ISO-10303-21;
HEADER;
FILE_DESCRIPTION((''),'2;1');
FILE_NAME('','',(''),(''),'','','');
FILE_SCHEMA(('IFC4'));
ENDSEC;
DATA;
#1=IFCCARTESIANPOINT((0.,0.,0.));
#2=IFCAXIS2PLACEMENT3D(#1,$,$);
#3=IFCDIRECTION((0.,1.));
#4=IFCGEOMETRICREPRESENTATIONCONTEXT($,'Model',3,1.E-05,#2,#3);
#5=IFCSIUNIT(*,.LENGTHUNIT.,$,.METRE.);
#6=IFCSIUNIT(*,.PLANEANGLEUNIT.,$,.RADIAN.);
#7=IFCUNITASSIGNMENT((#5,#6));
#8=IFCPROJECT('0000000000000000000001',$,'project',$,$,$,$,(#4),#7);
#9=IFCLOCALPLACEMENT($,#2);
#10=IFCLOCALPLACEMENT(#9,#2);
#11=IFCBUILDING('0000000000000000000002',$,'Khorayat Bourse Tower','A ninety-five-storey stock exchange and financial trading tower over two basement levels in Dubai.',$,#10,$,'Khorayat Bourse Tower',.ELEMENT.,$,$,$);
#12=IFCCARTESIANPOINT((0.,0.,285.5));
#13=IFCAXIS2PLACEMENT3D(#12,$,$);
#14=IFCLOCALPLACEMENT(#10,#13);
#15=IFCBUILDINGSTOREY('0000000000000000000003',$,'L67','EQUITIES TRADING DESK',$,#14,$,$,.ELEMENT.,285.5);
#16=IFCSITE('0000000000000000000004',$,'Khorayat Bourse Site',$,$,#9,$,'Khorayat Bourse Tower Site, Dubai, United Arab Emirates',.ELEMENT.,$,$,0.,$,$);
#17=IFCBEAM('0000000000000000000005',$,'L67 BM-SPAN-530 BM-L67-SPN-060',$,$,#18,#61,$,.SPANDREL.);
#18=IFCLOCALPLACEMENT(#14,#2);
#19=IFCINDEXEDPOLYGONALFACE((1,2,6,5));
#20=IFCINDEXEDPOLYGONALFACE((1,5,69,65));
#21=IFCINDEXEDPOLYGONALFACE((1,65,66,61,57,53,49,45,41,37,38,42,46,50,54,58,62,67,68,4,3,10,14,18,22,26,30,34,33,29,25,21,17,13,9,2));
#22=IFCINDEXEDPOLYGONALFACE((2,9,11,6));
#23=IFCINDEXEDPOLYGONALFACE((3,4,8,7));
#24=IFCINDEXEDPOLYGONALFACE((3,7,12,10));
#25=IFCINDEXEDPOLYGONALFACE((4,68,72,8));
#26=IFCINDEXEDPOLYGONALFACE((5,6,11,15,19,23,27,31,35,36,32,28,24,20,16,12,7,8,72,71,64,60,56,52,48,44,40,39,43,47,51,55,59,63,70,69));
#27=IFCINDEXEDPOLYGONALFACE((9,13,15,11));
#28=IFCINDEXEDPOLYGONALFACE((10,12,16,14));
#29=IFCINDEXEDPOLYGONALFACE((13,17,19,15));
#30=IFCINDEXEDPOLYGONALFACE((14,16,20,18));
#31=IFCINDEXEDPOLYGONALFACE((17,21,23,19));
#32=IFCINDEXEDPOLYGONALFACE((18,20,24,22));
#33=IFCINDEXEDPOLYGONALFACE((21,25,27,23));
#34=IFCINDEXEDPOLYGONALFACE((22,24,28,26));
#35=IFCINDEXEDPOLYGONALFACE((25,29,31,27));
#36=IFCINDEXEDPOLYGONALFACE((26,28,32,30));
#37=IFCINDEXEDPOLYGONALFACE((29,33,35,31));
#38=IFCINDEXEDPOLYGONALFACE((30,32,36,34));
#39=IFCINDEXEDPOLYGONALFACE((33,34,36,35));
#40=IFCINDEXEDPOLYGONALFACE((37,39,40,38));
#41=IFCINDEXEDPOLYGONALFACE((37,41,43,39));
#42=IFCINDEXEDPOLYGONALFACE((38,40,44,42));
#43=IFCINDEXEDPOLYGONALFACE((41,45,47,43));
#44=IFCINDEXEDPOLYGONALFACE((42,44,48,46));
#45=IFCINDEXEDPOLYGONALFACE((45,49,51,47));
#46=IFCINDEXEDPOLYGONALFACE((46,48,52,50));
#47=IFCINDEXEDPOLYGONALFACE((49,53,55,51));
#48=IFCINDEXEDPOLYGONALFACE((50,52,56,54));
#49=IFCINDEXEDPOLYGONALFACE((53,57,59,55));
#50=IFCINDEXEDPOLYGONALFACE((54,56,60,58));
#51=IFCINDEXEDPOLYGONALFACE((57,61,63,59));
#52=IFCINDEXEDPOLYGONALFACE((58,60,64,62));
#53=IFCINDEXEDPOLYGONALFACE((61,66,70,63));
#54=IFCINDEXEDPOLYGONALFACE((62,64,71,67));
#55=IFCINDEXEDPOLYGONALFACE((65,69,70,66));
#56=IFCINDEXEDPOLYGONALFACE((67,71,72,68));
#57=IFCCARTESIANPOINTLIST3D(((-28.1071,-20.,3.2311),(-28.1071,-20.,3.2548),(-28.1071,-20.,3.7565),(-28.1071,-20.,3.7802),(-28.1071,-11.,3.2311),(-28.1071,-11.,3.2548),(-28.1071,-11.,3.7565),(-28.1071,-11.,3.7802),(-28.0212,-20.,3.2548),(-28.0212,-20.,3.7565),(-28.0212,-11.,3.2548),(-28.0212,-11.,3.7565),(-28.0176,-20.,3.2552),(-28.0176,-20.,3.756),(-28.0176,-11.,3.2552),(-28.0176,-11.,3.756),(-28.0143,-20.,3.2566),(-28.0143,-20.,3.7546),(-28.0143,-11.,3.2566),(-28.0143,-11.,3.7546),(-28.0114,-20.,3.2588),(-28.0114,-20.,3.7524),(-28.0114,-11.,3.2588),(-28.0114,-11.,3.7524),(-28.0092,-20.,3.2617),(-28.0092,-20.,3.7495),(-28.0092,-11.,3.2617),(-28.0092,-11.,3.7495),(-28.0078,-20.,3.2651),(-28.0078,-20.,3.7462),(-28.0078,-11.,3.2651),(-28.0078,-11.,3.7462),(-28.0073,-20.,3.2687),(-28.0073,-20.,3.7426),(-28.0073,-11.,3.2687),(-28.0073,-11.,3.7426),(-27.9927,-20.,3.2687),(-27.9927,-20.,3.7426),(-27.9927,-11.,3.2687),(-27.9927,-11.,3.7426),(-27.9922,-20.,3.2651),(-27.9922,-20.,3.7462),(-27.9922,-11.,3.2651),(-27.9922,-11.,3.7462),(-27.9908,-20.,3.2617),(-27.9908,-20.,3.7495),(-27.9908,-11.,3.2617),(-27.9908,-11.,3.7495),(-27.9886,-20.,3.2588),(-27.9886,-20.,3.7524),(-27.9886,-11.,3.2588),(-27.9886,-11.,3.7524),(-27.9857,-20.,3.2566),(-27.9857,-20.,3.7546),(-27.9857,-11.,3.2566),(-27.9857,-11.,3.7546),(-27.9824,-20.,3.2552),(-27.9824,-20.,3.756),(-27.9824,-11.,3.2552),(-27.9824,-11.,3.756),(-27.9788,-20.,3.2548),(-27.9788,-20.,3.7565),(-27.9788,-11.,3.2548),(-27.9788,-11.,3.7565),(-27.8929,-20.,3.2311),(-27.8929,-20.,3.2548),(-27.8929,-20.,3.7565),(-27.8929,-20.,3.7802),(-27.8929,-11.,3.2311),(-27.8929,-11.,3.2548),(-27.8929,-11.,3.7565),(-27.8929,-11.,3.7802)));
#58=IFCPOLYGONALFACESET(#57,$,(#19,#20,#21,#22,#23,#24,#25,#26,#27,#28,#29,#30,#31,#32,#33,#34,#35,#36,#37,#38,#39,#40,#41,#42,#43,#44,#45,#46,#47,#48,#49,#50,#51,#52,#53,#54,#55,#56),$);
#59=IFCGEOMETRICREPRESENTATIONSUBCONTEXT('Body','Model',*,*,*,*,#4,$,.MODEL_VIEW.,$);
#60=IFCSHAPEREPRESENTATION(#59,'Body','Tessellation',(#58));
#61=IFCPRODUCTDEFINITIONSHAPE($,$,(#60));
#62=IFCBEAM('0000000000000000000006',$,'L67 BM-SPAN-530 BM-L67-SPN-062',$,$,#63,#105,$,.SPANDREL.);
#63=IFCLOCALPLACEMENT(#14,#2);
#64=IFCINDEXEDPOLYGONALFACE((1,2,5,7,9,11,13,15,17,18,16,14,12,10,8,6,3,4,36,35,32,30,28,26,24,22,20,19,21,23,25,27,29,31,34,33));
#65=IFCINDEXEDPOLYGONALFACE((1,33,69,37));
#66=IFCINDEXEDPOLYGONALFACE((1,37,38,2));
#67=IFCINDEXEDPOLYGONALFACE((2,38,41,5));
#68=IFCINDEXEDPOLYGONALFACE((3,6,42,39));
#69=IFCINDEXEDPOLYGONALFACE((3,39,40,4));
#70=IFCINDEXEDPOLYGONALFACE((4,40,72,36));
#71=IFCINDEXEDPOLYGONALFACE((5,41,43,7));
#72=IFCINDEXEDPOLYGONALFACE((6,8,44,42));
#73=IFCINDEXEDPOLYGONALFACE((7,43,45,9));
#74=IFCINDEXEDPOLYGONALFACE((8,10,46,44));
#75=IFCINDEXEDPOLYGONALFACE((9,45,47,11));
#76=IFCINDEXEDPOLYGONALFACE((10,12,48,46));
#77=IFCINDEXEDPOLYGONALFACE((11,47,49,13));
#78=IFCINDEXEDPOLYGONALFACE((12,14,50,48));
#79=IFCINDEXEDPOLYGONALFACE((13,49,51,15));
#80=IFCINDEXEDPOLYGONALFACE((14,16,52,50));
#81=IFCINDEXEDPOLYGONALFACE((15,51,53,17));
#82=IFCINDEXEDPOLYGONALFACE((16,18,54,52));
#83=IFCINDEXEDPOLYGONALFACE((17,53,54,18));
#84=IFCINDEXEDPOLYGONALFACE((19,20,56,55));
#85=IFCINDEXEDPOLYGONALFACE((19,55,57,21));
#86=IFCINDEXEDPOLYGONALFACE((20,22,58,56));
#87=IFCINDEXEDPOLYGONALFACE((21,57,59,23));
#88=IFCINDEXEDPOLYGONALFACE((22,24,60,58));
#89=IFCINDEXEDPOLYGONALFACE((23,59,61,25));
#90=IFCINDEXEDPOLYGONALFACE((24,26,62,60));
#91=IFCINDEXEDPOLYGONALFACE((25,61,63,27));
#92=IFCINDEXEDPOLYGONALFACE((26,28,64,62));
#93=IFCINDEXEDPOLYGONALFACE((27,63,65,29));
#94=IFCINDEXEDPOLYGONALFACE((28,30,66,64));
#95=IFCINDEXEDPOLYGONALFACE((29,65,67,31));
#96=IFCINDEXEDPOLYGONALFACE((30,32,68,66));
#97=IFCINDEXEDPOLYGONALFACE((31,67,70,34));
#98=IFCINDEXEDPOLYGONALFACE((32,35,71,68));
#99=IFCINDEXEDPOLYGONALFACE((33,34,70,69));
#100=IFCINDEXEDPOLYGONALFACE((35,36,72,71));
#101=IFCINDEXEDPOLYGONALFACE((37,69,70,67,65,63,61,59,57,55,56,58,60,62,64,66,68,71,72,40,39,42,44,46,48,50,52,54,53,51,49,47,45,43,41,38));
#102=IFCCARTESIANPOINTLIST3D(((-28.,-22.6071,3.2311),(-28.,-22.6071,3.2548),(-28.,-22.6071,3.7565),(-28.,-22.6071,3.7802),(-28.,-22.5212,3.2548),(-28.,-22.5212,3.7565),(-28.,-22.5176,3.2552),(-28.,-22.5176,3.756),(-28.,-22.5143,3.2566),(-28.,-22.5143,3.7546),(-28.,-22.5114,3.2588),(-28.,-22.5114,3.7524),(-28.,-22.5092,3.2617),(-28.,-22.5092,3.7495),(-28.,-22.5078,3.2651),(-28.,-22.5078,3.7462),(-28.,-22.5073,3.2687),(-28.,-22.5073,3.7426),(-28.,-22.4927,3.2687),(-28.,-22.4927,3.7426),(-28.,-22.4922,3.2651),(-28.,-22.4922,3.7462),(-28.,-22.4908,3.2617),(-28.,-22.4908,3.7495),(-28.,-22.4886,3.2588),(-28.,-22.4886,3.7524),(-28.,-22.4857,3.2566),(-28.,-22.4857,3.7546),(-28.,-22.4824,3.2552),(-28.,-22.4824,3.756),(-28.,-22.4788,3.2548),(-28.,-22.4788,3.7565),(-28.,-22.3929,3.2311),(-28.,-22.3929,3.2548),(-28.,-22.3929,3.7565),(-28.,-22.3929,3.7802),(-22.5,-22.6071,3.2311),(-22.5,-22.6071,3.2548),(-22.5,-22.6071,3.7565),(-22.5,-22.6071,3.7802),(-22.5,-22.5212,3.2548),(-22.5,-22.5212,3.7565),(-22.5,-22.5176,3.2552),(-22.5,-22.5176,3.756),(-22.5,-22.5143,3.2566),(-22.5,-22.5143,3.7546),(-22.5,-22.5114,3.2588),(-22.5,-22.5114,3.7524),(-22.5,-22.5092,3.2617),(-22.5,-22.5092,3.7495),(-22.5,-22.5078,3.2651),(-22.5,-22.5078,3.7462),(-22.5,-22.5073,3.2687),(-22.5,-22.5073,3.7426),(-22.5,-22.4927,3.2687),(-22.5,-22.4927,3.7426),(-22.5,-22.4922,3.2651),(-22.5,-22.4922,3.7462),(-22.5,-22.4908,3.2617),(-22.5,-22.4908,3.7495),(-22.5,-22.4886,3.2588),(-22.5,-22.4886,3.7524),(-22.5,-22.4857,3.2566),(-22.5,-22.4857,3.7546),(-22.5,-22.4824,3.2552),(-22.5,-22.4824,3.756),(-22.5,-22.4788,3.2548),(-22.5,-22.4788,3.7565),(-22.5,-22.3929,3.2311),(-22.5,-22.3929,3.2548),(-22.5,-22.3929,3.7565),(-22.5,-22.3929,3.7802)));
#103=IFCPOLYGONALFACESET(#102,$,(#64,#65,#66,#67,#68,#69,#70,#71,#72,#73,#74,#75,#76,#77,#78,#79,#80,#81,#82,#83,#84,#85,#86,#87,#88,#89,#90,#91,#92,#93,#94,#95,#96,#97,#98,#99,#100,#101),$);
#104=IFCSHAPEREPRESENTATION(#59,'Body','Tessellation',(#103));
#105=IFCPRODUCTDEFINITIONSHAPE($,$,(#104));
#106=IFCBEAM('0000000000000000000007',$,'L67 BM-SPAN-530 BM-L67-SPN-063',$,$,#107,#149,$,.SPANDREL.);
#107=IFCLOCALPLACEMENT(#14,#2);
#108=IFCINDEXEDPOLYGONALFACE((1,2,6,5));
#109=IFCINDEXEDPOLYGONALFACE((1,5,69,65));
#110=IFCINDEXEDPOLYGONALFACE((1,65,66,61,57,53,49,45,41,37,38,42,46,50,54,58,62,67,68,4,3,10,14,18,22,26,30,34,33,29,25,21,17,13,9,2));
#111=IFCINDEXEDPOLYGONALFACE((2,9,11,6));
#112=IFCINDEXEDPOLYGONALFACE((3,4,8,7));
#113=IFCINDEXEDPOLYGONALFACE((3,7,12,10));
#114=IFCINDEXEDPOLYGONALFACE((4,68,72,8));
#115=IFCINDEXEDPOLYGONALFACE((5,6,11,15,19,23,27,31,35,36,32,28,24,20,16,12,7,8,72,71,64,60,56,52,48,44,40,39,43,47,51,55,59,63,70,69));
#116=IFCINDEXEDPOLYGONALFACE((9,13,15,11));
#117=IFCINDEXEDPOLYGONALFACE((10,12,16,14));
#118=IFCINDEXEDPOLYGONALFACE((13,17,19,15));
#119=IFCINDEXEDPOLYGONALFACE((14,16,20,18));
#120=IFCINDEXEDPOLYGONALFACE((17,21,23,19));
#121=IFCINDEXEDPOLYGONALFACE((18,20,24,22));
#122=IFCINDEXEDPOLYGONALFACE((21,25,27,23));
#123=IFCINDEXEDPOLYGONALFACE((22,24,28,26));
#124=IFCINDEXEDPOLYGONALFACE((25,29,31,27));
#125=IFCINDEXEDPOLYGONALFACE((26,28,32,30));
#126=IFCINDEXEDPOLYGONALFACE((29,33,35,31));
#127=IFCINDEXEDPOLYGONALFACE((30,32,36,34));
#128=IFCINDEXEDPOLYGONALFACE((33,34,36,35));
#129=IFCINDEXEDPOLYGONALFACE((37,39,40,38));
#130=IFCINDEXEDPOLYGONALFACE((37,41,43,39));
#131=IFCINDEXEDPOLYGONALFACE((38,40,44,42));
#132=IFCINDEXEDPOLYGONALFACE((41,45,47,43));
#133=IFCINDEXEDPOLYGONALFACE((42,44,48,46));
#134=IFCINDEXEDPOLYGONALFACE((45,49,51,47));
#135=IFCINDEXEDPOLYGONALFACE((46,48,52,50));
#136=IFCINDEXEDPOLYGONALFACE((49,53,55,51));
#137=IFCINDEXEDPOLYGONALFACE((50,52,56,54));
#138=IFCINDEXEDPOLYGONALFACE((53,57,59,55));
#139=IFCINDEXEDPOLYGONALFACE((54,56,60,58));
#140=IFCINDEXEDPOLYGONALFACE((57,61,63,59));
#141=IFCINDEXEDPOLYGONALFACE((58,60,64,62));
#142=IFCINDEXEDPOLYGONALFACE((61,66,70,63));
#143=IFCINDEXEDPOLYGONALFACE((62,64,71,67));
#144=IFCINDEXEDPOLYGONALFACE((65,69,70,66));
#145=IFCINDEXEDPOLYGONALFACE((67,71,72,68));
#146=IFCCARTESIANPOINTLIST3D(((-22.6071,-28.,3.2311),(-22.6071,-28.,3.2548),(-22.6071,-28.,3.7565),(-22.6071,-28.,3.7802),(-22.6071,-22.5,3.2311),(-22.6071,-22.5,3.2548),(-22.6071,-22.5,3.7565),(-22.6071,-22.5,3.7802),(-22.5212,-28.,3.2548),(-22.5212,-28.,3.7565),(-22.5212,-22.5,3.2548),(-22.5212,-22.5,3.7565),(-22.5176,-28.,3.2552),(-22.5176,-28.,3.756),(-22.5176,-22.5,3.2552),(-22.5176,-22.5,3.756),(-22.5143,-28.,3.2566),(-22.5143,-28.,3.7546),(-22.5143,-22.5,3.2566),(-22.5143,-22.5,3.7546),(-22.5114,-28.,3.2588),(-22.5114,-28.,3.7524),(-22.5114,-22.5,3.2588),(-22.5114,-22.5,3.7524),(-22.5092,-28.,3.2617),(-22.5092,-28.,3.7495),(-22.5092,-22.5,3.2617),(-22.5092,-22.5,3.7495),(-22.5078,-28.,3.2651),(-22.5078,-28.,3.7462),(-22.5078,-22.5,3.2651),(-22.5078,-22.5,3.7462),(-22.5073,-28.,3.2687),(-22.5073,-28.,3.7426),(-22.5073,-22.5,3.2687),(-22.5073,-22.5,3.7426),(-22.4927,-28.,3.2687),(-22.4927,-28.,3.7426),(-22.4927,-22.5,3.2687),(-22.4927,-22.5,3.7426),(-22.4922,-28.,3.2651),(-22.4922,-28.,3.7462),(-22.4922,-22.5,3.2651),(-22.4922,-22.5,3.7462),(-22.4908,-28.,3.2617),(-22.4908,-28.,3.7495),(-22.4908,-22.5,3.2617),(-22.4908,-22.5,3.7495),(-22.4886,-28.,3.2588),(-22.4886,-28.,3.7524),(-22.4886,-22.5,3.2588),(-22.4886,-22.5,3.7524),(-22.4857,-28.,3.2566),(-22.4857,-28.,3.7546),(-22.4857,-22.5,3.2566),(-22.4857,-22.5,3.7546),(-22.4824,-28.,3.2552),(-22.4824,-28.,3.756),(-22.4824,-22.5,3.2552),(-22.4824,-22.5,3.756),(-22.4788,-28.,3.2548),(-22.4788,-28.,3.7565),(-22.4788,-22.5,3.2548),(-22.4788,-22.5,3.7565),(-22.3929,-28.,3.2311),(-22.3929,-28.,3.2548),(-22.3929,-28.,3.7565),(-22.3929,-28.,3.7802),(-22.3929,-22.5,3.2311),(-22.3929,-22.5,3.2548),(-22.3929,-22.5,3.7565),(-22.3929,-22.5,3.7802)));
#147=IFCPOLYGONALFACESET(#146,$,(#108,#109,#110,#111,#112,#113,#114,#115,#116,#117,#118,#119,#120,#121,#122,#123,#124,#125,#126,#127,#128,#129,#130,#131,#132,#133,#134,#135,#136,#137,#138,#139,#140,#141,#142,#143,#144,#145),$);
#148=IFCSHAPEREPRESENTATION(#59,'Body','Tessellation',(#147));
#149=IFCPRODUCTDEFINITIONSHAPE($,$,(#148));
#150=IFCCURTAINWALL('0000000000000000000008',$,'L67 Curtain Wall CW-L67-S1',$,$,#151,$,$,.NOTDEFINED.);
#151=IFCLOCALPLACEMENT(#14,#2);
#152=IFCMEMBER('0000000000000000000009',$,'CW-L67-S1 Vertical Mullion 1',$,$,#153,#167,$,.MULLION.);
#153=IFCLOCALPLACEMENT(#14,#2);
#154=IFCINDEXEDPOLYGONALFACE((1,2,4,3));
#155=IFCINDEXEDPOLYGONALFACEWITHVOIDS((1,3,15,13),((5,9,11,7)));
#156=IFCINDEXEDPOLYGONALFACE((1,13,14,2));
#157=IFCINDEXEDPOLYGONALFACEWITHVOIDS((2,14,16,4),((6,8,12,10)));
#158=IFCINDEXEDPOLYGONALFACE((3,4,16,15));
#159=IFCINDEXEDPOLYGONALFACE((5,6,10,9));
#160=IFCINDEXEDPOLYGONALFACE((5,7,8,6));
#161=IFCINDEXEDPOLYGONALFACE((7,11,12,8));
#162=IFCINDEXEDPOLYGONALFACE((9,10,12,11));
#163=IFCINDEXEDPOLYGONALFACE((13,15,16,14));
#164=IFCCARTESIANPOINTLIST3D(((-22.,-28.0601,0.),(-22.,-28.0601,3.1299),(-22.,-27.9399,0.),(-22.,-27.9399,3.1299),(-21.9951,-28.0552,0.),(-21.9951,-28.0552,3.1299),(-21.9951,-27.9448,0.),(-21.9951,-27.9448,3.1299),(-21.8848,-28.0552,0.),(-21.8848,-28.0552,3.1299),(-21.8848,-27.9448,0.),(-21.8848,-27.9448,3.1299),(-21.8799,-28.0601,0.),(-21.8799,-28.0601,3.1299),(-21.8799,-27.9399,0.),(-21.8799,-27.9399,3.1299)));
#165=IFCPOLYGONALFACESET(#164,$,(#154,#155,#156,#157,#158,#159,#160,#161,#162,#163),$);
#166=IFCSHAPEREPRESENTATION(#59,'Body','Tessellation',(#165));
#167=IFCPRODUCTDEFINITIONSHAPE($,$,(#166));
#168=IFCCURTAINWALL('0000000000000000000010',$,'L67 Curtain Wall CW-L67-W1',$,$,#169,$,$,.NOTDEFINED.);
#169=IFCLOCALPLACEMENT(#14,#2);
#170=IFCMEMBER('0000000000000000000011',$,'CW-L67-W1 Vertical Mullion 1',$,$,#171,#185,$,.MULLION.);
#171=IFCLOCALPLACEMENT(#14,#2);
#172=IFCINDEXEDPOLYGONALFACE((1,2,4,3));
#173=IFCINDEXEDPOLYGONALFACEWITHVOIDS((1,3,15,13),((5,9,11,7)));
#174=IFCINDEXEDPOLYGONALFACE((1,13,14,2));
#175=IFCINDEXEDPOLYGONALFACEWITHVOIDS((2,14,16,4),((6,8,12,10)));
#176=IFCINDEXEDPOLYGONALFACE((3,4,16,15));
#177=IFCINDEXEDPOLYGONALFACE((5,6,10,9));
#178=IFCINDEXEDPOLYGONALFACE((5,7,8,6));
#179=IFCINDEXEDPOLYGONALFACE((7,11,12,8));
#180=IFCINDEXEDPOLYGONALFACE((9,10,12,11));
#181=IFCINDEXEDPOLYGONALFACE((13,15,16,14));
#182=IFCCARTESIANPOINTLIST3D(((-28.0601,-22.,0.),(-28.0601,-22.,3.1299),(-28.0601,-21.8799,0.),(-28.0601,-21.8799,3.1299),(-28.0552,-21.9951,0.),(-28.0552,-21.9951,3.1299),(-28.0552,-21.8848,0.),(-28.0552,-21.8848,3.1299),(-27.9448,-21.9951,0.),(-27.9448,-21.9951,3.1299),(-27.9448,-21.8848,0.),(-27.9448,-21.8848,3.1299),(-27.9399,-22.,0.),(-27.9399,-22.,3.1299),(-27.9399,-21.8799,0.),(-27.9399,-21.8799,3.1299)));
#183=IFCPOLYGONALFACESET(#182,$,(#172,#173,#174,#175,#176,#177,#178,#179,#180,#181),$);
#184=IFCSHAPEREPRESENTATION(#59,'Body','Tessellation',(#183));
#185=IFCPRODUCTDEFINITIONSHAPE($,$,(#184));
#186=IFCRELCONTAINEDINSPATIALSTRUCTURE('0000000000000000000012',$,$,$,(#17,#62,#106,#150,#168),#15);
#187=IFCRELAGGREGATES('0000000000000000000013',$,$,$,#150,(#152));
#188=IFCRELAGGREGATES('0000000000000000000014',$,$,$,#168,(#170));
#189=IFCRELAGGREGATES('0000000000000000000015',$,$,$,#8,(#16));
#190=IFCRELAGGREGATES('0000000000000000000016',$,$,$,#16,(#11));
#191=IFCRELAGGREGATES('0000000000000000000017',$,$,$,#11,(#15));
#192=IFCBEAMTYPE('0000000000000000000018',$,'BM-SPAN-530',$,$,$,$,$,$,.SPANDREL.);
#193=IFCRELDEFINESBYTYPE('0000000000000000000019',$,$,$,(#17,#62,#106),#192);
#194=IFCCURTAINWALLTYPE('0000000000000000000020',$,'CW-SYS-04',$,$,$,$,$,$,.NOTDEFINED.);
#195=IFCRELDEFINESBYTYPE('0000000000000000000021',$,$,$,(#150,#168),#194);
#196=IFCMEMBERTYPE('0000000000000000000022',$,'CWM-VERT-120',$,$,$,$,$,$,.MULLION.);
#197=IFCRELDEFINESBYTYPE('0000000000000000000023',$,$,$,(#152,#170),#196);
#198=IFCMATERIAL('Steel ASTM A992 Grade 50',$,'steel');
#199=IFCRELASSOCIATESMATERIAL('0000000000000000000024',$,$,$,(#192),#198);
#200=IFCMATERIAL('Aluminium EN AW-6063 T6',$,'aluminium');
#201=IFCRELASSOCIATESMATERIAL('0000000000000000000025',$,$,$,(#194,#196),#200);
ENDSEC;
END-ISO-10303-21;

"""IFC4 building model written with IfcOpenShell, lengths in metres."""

from ifc_helpers import new_model, si_unit, direction, frame, origin, origin_2d, place, context, subcontext, project, spatial, hollow_rectangle, i_section, extrude, source, transform, mapped, material, material_profile, profile_set, type_object, element, aggregate, save


model = new_model("IFC4")

# Units and contexts
model_context = context("Model", 3, precision=1e-05, world=origin(), true_north=direction((0.0, 1.0)))
body_context = subcontext(model_context, "Body", "Model", "MODEL_VIEW")
ifc_project = project(units=[si_unit("LENGTHUNIT", "METRE"), si_unit("PLANEANGLEUNIT", "RADIAN")], contexts=[model_context])

# Site, building, storey
site_placement = place(None, origin())
site = spatial("IfcSite", under=ifc_project, at=site_placement, Name="Khorayat Bourse Site", LongName="Khorayat Bourse Tower Site, Dubai, United Arab Emirates", CompositionType="ELEMENT", RefElevation=0.0)
building_placement = place(site_placement, origin())
building = spatial("IfcBuilding", under=site, at=building_placement, Name="Khorayat Bourse Tower", Description="A ninety-five-storey stock exchange and financial trading tower over two basement levels in Dubai.", LongName="Khorayat Bourse Tower", CompositionType="ELEMENT")
storey_placement = place(building_placement, frame((0.0, 0.0, 285.5)))
storey = spatial("IfcBuildingStorey", under=building, at=storey_placement, Name="L67", Description="EQUITIES TRADING DESK", CompositionType="ELEMENT", Elevation=285.5)

# Beams
ifc_material_1 = material(Name="Steel ASTM A992 Grade 50", Category="steel")
ifc_material_profile_1 = material_profile(ifc_material_1, i_section(OverallWidth=0.2141, OverallDepth=0.5491, WebThickness=0.0146, FlangeThickness=0.0237, FilletRadius=0.0139, at=origin_2d()), Name="W530X138")
ifc_profile_set_1 = profile_set([ifc_material_profile_1], Name="Steel ASTM A992 Grade 50")
beam_type_1 = type_object("IfcBeamType", Name="BM-SPAN-530", PredefinedType="SPANDREL", material=ifc_profile_set_1)
shared_shape_1 = source(origin(), body_context, "Body", "SweptSolid", [
    extrude(i_section(OverallWidth=0.2141, OverallDepth=0.5491, WebThickness=0.0146, FlangeThickness=0.0237, FilletRadius=0.0139, at=origin_2d()), origin(), (0.0, 0.0, 1.0), 9.0),
])
for number, where, z_axis, x_axis, name in (
    (1, (-28.0, -20.0, 3.5056), (0.0, 1.0, 0.0), (-1.0, 0.0, 0.0), "L67 BM-SPAN-530 BM-L67-SPN-060"),
):
    element("IfcBeam", number, at=place(storey_placement, frame(where, z_axis=z_axis, x_axis=x_axis)), inside=storey, type_object=beam_type_1, Name=name, PredefinedType="SPANDREL", context=body_context, shape_type="MappedRepresentation", body=[
        mapped(shared_shape_1, transform((0.0, 0.0, 0.0), scale=1.0)),
    ])
shared_shape_2 = source(origin(), body_context, "Body", "SweptSolid", [
    extrude(i_section(OverallWidth=0.2141, OverallDepth=0.5491, WebThickness=0.0146, FlangeThickness=0.0237, FilletRadius=0.0139, at=origin_2d()), origin(), (0.0, 0.0, 1.0), 5.5),
])
for number, where, z_axis, x_axis, name in (
    (2, (-28.0, -22.5, 3.5056), (1.0, 0.0, 0.0), (0.0, 1.0, 0.0), "L67 BM-SPAN-530 BM-L67-SPN-062"),
    (3, (-22.5, -28.0, 3.5056), (0.0, 1.0, 0.0), (-1.0, 0.0, 0.0), "L67 BM-SPAN-530 BM-L67-SPN-063"),
):
    element("IfcBeam", number, at=place(storey_placement, frame(where, z_axis=z_axis, x_axis=x_axis)), inside=storey, type_object=beam_type_1, Name=name, PredefinedType="SPANDREL", context=body_context, shape_type="MappedRepresentation", body=[
        mapped(shared_shape_2, transform((0.0, 0.0, 0.0), scale=1.0)),
    ])

# Curtain walls, members
ifc_material_2 = material(Name="Aluminium EN AW-6063 T6", Category="aluminium")
curtain_wall_type = type_object("IfcCurtainWallType", Name="CW-SYS-04", PredefinedType="NOTDEFINED", material=ifc_material_2)
curtain_wall_1_placement = place(storey_placement, origin())
curtain_wall_1 = element("IfcCurtainWall", 4, at=curtain_wall_1_placement, inside=storey, type_object=curtain_wall_type, Name="L67 Curtain Wall CW-L67-S1", PredefinedType="NOTDEFINED")
ifc_material_profile_2 = material_profile(ifc_material_2, hollow_rectangle(XDim=0.1201, YDim=0.1201, WallThickness=0.0049, at=origin_2d()), Name="ALU 120x120x5")
ifc_profile_set_2 = profile_set([ifc_material_profile_2], Name="Aluminium EN AW-6063 T6")
member_type_1 = type_object("IfcMemberType", Name="CWM-VERT-120", PredefinedType="MULLION", material=ifc_profile_set_2)
shared_shape_3 = source(origin(), body_context, "Body", "SweptSolid", [
    extrude(hollow_rectangle(XDim=0.1201, YDim=0.1201, WallThickness=0.0049, at=origin_2d()), origin(), (0.0, 0.0, 1.0), 3.1299),
])
member_1_placement = place(storey_placement, frame((-21.9399, -28.0, 0.0), z_axis=(0.0, 0.0, 1.0), x_axis=(0.0, 1.0, 0.0)))
member_1 = element("IfcMember", 5, at=member_1_placement, type_object=member_type_1, Name="CW-L67-S1 Vertical Mullion 1", PredefinedType="MULLION", context=body_context, shape_type="MappedRepresentation", body=[
    mapped(shared_shape_3, transform((0.0, 0.0, 0.0), scale=1.0)),
])
curtain_wall_2_placement = place(storey_placement, origin())
curtain_wall_2 = element("IfcCurtainWall", 6, at=curtain_wall_2_placement, inside=storey, type_object=curtain_wall_type, Name="L67 Curtain Wall CW-L67-W1", PredefinedType="NOTDEFINED")
member_2_placement = place(storey_placement, frame((-28.0, -21.9399, 0.0), z_axis=(0.0, 0.0, 1.0), x_axis=(-1.0, 0.0, 0.0)))
member_2 = element("IfcMember", 7, at=member_2_placement, type_object=member_type_1, Name="CW-L67-W1 Vertical Mullion 1", PredefinedType="MULLION", context=body_context, shape_type="MappedRepresentation", body=[
    mapped(shared_shape_3, transform((0.0, 0.0, 0.0), scale=1.0)),
])

aggregate(curtain_wall_1, [member_1])
aggregate(curtain_wall_2, [member_2])

save(model, "model.ifc")
